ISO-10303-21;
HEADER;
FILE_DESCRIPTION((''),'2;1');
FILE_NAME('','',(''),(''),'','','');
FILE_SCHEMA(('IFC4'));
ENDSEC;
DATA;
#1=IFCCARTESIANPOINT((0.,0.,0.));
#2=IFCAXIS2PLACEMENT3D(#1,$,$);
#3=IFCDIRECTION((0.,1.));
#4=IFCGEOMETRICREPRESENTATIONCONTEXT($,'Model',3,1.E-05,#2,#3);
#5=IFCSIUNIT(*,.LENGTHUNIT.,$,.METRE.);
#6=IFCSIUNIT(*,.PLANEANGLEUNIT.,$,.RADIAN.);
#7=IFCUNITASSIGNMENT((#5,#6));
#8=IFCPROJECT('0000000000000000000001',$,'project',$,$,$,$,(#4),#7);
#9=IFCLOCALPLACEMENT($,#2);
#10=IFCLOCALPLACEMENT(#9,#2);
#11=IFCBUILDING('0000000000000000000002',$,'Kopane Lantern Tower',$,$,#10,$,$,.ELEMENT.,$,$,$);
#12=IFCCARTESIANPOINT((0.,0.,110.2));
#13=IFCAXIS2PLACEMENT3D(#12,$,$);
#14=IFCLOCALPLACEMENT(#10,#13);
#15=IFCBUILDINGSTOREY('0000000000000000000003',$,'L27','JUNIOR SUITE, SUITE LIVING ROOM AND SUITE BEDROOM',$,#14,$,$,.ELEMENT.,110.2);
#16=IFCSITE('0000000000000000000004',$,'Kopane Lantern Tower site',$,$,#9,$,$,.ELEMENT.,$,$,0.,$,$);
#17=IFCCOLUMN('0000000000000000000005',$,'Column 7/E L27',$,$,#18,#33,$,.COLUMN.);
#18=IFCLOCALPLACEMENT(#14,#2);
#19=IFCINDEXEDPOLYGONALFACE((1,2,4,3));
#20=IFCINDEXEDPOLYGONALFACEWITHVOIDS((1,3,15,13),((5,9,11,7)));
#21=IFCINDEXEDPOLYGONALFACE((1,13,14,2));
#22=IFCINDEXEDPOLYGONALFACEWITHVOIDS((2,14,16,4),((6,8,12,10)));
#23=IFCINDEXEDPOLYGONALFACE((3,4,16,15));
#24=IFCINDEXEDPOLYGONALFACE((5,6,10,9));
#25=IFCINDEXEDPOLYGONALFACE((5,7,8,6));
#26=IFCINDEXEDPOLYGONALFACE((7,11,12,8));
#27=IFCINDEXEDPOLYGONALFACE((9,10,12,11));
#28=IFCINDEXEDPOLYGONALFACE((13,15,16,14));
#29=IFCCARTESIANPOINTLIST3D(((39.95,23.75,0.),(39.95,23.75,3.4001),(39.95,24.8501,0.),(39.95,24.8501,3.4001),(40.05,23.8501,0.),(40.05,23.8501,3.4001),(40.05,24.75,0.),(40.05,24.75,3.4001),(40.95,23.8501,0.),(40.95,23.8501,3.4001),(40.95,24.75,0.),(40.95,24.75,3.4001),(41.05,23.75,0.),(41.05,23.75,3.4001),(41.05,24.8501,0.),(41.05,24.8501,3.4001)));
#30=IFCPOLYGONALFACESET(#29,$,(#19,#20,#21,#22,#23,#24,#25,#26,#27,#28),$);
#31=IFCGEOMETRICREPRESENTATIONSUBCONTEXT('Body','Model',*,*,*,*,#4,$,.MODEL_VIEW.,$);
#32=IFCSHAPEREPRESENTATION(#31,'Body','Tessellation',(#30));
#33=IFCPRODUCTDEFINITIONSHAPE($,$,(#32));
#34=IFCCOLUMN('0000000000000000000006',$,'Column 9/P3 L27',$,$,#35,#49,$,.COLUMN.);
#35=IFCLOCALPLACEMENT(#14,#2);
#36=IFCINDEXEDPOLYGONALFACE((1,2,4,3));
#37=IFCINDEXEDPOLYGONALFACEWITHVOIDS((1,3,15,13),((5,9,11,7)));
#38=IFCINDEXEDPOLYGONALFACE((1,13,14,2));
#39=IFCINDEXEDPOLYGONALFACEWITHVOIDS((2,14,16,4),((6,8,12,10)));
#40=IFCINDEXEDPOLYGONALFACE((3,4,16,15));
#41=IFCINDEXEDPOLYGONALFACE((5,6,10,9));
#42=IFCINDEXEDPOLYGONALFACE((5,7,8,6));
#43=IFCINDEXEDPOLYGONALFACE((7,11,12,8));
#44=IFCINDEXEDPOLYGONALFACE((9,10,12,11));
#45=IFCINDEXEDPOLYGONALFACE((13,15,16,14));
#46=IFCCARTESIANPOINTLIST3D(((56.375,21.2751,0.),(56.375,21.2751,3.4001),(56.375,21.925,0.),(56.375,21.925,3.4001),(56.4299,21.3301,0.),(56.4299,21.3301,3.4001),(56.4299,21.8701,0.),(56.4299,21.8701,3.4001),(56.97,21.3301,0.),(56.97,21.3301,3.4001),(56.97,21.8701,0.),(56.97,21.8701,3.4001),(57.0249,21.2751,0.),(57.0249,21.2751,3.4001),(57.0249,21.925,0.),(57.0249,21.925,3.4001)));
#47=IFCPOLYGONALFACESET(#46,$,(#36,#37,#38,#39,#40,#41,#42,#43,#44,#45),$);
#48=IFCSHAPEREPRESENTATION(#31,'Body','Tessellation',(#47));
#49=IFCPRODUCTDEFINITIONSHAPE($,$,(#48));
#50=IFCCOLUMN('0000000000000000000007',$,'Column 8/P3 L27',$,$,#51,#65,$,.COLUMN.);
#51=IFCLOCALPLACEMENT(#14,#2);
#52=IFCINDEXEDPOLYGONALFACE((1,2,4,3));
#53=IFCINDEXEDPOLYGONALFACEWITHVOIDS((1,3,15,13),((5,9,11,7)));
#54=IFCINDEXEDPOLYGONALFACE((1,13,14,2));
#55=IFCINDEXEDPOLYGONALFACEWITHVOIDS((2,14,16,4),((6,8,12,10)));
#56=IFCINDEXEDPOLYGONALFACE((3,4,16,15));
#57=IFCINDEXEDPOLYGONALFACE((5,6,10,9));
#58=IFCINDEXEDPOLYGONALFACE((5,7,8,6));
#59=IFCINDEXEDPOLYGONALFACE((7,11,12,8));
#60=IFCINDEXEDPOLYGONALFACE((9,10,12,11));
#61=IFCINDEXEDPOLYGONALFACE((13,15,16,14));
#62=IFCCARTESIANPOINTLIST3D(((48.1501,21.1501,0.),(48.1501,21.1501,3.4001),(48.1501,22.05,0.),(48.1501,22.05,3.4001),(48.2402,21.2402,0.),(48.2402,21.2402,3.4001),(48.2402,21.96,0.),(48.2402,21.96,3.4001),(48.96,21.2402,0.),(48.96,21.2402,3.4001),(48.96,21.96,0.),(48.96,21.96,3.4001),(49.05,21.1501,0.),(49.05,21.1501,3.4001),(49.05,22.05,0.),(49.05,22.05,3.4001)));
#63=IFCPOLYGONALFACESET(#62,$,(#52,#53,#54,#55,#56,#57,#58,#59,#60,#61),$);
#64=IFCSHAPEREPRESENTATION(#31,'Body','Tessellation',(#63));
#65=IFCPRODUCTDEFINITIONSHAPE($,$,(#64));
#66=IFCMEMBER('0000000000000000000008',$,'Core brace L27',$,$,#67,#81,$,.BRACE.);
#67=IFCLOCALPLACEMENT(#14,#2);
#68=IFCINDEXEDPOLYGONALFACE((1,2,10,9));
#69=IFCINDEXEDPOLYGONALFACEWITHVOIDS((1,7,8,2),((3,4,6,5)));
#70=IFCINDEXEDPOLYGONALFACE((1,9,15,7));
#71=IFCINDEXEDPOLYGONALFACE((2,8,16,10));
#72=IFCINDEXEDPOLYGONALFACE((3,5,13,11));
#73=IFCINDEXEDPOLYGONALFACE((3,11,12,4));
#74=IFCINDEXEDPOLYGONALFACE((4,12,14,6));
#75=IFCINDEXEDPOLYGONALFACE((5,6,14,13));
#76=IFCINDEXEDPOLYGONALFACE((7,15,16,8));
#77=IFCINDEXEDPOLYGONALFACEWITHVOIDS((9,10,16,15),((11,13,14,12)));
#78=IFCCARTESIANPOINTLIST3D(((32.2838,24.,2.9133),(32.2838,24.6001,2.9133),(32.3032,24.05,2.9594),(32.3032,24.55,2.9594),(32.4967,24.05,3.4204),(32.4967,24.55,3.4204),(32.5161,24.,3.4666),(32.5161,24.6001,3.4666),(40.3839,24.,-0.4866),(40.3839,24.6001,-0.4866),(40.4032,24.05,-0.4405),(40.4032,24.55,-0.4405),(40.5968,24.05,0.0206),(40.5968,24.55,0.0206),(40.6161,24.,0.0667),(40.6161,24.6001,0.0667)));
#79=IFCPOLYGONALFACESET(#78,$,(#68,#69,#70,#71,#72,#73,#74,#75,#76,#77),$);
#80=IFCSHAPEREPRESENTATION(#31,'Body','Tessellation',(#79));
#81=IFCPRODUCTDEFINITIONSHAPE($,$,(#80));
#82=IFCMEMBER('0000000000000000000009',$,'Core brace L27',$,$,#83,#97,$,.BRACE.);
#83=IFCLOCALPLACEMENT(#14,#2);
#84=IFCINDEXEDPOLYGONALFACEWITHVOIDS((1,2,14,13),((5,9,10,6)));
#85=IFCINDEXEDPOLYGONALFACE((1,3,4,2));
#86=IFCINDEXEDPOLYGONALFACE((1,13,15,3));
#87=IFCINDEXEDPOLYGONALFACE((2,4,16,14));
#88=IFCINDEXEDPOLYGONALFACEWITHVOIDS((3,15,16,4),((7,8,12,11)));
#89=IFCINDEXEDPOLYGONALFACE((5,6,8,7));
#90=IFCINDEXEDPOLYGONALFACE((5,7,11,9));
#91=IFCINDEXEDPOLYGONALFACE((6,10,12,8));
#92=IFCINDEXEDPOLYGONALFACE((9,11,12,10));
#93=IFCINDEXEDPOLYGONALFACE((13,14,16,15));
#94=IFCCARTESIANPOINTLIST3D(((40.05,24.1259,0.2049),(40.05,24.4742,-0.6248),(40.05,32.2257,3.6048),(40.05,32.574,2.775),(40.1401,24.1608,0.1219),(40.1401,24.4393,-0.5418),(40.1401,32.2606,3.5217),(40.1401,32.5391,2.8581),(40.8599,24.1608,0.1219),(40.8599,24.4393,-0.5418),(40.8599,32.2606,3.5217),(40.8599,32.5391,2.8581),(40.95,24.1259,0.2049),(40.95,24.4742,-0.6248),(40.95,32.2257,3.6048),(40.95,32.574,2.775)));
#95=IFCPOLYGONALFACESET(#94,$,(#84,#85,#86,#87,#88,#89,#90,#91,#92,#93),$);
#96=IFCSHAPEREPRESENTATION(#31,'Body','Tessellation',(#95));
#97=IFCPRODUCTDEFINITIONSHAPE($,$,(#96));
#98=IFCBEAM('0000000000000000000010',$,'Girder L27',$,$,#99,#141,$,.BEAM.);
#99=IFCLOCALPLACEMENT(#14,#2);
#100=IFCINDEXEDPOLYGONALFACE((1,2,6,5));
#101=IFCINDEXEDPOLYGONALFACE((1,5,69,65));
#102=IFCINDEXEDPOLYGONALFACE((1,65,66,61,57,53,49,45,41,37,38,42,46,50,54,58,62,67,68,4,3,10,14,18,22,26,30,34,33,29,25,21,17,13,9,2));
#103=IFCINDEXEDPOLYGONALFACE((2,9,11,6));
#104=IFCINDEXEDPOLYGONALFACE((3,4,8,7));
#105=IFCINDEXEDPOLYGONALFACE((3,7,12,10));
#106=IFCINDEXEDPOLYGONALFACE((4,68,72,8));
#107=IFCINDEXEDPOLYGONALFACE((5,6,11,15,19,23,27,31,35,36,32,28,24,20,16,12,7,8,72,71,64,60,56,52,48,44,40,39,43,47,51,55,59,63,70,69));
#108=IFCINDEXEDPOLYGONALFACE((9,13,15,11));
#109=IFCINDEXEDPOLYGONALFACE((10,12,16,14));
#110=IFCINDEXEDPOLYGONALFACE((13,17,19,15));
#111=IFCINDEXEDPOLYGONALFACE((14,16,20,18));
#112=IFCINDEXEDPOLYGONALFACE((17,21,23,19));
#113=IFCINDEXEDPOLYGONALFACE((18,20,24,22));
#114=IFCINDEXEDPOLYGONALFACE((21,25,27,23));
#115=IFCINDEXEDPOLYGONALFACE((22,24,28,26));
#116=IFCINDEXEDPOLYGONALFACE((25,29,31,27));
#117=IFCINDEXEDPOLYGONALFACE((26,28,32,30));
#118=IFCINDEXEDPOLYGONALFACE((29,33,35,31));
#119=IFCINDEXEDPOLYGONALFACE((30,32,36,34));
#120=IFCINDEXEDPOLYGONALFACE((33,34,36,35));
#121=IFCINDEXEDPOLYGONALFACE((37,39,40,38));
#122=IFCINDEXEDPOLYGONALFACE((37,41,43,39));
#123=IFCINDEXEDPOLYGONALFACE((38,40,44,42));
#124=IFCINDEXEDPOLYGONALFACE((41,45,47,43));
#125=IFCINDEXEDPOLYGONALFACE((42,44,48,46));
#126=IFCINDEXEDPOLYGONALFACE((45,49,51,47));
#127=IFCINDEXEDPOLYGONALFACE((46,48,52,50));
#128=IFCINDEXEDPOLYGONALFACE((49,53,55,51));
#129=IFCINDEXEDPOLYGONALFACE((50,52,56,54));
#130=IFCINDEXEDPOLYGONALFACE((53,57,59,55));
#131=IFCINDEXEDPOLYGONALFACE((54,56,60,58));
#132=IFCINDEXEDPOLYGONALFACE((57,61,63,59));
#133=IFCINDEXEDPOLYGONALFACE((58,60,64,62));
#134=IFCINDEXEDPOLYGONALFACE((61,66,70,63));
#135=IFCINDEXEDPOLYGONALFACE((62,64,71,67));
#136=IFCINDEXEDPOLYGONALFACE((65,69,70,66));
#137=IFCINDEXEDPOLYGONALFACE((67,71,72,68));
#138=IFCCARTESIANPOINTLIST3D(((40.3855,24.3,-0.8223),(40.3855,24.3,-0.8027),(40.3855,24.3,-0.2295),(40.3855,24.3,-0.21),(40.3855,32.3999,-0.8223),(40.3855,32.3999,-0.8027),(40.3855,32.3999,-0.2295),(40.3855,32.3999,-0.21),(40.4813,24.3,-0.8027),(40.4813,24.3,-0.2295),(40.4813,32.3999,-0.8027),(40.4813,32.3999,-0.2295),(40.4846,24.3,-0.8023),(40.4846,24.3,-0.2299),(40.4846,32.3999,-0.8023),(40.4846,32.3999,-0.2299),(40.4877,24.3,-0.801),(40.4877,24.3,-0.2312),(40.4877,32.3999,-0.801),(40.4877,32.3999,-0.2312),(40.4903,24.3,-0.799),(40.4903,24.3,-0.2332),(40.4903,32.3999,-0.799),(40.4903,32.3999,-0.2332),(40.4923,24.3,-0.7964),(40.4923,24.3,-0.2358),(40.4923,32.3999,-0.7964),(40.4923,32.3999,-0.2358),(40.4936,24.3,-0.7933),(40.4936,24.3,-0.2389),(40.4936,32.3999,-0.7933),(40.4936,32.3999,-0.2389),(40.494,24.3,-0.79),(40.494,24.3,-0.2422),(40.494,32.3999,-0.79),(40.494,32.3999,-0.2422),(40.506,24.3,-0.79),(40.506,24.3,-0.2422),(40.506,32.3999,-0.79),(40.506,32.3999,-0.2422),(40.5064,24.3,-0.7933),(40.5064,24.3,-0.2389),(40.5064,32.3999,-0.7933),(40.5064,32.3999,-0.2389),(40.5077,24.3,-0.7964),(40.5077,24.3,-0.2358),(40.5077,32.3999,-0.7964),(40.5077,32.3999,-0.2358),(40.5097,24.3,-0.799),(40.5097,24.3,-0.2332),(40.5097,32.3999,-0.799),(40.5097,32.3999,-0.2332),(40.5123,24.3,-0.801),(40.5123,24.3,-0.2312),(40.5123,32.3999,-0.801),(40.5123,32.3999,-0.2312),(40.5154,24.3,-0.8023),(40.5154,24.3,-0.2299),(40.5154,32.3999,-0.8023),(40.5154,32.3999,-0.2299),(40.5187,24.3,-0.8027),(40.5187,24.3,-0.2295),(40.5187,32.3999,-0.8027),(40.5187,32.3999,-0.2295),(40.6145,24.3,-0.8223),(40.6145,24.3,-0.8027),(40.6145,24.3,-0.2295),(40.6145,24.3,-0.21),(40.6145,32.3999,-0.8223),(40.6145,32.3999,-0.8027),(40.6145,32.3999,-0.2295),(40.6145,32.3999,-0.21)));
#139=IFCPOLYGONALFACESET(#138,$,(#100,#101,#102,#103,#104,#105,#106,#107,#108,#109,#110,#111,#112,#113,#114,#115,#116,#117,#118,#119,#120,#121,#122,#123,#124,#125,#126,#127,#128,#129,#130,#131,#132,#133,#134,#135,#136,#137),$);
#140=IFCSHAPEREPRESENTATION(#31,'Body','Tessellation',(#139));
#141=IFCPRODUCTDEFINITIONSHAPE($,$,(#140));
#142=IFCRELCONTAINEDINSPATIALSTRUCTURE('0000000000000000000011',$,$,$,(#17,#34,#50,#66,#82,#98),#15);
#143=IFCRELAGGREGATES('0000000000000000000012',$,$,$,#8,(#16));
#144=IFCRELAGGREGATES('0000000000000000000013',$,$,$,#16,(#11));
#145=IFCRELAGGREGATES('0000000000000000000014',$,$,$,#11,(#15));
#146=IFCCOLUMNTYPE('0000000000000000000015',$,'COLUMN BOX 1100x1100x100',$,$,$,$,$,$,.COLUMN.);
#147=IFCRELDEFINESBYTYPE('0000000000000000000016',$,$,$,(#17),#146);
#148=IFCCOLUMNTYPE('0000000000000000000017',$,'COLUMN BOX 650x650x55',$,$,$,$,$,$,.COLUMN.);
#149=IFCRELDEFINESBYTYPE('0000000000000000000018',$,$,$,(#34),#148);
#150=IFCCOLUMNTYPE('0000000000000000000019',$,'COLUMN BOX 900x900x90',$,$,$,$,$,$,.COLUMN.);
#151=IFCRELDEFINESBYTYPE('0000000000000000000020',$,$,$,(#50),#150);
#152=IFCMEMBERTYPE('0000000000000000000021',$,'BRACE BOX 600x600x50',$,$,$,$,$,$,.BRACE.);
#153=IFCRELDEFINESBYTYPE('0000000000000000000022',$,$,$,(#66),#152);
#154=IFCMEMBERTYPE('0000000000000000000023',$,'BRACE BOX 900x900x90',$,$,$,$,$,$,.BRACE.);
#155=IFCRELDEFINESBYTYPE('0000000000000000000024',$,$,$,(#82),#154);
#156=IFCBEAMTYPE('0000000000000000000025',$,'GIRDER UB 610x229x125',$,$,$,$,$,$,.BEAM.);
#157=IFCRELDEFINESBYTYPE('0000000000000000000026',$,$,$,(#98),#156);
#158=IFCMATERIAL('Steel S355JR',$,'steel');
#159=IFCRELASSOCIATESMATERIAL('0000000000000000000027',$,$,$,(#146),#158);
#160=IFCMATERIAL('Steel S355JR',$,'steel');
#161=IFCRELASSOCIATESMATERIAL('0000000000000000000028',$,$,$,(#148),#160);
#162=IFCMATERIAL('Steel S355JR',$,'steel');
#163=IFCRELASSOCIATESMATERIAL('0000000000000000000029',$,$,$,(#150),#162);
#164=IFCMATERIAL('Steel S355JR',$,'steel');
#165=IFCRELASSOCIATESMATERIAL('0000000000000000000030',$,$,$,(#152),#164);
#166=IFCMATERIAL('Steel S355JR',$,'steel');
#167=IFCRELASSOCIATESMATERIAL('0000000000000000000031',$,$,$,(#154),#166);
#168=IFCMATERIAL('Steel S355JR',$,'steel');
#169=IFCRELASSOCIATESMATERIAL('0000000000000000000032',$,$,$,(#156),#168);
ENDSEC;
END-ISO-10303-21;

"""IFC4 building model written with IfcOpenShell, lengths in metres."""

from ifc_helpers import new_model, si_unit, direction, frame, origin, origin_2d, place, context, subcontext, project, spatial, hollow_rectangle, i_section, extrude, material, material_profile, profile_set, type_object, element, save


model = new_model("IFC4")

# Units and contexts
model_context = context("Model", 3, precision=1e-05, world=origin(), true_north=direction((0.0, 1.0)))
body_context = subcontext(model_context, "Body", "Model", "MODEL_VIEW")
ifc_project = project(units=[si_unit("LENGTHUNIT", "METRE"), si_unit("PLANEANGLEUNIT", "RADIAN")], contexts=[model_context])

# Site, building, storey
site_placement = place(None, origin())
site = spatial("IfcSite", under=ifc_project, at=site_placement, Name="Kopane Lantern Tower site", CompositionType="ELEMENT", RefElevation=0.0)
building_placement = place(site_placement, origin())
building = spatial("IfcBuilding", under=site, at=building_placement, Name="Kopane Lantern Tower", CompositionType="ELEMENT")
storey_placement = place(building_placement, frame((0.0, 0.0, 110.2)))
storey = spatial("IfcBuildingStorey", under=building, at=storey_placement, Name="L27", Description="JUNIOR SUITE, SUITE LIVING ROOM AND SUITE BEDROOM", CompositionType="ELEMENT", Elevation=110.2)

# Columns
ifc_material_1 = material(Name="Steel S355JR", Category="steel")
ifc_material_profile_1 = material_profile(ifc_material_1, hollow_rectangle(XDim=1.1001, YDim=1.1001, WallThickness=0.1001, at=origin_2d()), Name="BOX 1100x1100x100")
ifc_profile_set_1 = profile_set([ifc_material_profile_1], Name="Steel S355JR")
column_type_1 = type_object("IfcColumnType", Name="COLUMN BOX 1100x1100x100", PredefinedType="COLUMN", material=ifc_profile_set_1)
column_1_placement = place(storey_placement, frame((40.5, 24.3, 0.0), z_axis=(0.0, 0.0, 1.0), x_axis=(1.0, 0.0, 0.0)))
element("IfcColumn", 1, at=column_1_placement, inside=storey, type_object=column_type_1, Name="Column 7/E L27", PredefinedType="COLUMN", context=body_context, shape_type="SweptSolid", body=[
    extrude(hollow_rectangle(XDim=1.1001, YDim=1.1001, WallThickness=0.1001, at=origin_2d()), origin(), (0.0, 0.0, 1.0), 3.4001),
])
ifc_material_2 = material(Name="Steel S355JR", Category="steel")
ifc_material_profile_2 = material_profile(ifc_material_2, hollow_rectangle(XDim=0.6499, YDim=0.6499, WallThickness=0.0549, at=origin_2d()), Name="BOX 650x650x55")
ifc_profile_set_2 = profile_set([ifc_material_profile_2], Name="Steel S355JR")
column_type_2 = type_object("IfcColumnType", Name="COLUMN BOX 650x650x55", PredefinedType="COLUMN", material=ifc_profile_set_2)
column_2_placement = place(storey_placement, frame((56.7, 21.6001, 0.0), z_axis=(0.0, 0.0, 1.0), x_axis=(1.0, 0.0, 0.0)))
element("IfcColumn", 2, at=column_2_placement, inside=storey, type_object=column_type_2, Name="Column 9/P3 L27", PredefinedType="COLUMN", context=body_context, shape_type="SweptSolid", body=[
    extrude(hollow_rectangle(XDim=0.6499, YDim=0.6499, WallThickness=0.0549, at=origin_2d()), origin(), (0.0, 0.0, 1.0), 3.4001),
])
ifc_material_3 = material(Name="Steel S355JR", Category="steel")
ifc_material_profile_3 = material_profile(ifc_material_3, hollow_rectangle(XDim=0.8999, YDim=0.8999, WallThickness=0.0901, at=origin_2d()), Name="BOX 900x900x90")
ifc_profile_set_3 = profile_set([ifc_material_profile_3], Name="Steel S355JR")
column_type_3 = type_object("IfcColumnType", Name="COLUMN BOX 900x900x90", PredefinedType="COLUMN", material=ifc_profile_set_3)
column_3_placement = place(storey_placement, frame((48.6001, 21.6001, 0.0), z_axis=(0.0, 0.0, 1.0), x_axis=(1.0, 0.0, 0.0)))
element("IfcColumn", 3, at=column_3_placement, inside=storey, type_object=column_type_3, Name="Column 8/P3 L27", PredefinedType="COLUMN", context=body_context, shape_type="SweptSolid", body=[
    extrude(hollow_rectangle(XDim=0.8999, YDim=0.8999, WallThickness=0.0901, at=origin_2d()), origin(), (0.0, 0.0, 1.0), 3.4001),
])

# Members
ifc_material_4 = material(Name="Steel S355JR", Category="steel")
ifc_material_profile_4 = material_profile(ifc_material_4, hollow_rectangle(XDim=0.6001, YDim=0.6001, WallThickness=0.05, at=origin_2d()), Name="BOX 600x600x50")
ifc_profile_set_4 = profile_set([ifc_material_profile_4], Name="Steel S355JR")
member_type_1 = type_object("IfcMemberType", Name="BRACE BOX 600x600x50", PredefinedType="BRACE", material=ifc_profile_set_4)
member_1_placement = place(storey_placement, frame((40.5, 24.3, -0.21), z_axis=(-0.922069, 0.0, 0.387026), x_axis=(0.0, -1.0, 0.0)))
element("IfcMember", 4, at=member_1_placement, inside=storey, type_object=member_type_1, Name="Core brace L27", PredefinedType="BRACE", context=body_context, shape_type="SweptSolid", body=[
    extrude(hollow_rectangle(XDim=0.6001, YDim=0.6001, WallThickness=0.05, at=origin_2d()), origin(), (0.0, 0.0, 1.0), 8.7847),
])
ifc_material_5 = material(Name="Steel S355JR", Category="steel")
ifc_material_profile_5 = material_profile(ifc_material_5, hollow_rectangle(XDim=0.8999, YDim=0.8999, WallThickness=0.0901, at=origin_2d()), Name="BOX 900x900x90")
ifc_profile_set_5 = profile_set([ifc_material_profile_5], Name="Steel S355JR")
member_type_2 = type_object("IfcMemberType", Name="BRACE BOX 900x900x90", PredefinedType="BRACE", material=ifc_profile_set_5)
member_2_placement = place(storey_placement, frame((40.5, 24.3, -0.21), z_axis=(0.0, 0.922065, 0.387035), x_axis=(-1.0, 0.0, 0.0)))
element("IfcMember", 5, at=member_2_placement, inside=storey, type_object=member_type_2, Name="Core brace L27", PredefinedType="BRACE", context=body_context, shape_type="SweptSolid", body=[
    extrude(hollow_rectangle(XDim=0.8999, YDim=0.8999, WallThickness=0.0901, at=origin_2d()), origin(), (0.0, 0.0, 1.0), 8.7844),
])

# Beam
ifc_material_6 = material(Name="Steel S355JR", Category="steel")
ifc_material_profile_6 = material_profile(ifc_material_6, i_section(OverallWidth=0.229, OverallDepth=0.6123, WebThickness=0.012, FlangeThickness=0.0195, FilletRadius=0.0127, at=origin_2d()), Name="UB 610x229x125")
ifc_profile_set_6 = profile_set([ifc_material_profile_6], Name="Steel S355JR")
beam_type = type_object("IfcBeamType", Name="GIRDER UB 610x229x125", PredefinedType="BEAM", material=ifc_profile_set_6)
beam_1_placement = place(storey_placement, frame((40.5, 24.3, -0.5161), z_axis=(0.0, 1.0, 0.0), x_axis=(-1.0, 0.0, 0.0)))
element("IfcBeam", 6, at=beam_1_placement, inside=storey, type_object=beam_type, Name="Girder L27", PredefinedType="BEAM", context=body_context, shape_type="SweptSolid", body=[
    extrude(i_section(OverallWidth=0.229, OverallDepth=0.6123, WebThickness=0.012, FlangeThickness=0.0195, FilletRadius=0.0127, at=origin_2d()), origin(), (0.0, 0.0, 1.0), 8.0999),
])

save(model, "model.ifc")
